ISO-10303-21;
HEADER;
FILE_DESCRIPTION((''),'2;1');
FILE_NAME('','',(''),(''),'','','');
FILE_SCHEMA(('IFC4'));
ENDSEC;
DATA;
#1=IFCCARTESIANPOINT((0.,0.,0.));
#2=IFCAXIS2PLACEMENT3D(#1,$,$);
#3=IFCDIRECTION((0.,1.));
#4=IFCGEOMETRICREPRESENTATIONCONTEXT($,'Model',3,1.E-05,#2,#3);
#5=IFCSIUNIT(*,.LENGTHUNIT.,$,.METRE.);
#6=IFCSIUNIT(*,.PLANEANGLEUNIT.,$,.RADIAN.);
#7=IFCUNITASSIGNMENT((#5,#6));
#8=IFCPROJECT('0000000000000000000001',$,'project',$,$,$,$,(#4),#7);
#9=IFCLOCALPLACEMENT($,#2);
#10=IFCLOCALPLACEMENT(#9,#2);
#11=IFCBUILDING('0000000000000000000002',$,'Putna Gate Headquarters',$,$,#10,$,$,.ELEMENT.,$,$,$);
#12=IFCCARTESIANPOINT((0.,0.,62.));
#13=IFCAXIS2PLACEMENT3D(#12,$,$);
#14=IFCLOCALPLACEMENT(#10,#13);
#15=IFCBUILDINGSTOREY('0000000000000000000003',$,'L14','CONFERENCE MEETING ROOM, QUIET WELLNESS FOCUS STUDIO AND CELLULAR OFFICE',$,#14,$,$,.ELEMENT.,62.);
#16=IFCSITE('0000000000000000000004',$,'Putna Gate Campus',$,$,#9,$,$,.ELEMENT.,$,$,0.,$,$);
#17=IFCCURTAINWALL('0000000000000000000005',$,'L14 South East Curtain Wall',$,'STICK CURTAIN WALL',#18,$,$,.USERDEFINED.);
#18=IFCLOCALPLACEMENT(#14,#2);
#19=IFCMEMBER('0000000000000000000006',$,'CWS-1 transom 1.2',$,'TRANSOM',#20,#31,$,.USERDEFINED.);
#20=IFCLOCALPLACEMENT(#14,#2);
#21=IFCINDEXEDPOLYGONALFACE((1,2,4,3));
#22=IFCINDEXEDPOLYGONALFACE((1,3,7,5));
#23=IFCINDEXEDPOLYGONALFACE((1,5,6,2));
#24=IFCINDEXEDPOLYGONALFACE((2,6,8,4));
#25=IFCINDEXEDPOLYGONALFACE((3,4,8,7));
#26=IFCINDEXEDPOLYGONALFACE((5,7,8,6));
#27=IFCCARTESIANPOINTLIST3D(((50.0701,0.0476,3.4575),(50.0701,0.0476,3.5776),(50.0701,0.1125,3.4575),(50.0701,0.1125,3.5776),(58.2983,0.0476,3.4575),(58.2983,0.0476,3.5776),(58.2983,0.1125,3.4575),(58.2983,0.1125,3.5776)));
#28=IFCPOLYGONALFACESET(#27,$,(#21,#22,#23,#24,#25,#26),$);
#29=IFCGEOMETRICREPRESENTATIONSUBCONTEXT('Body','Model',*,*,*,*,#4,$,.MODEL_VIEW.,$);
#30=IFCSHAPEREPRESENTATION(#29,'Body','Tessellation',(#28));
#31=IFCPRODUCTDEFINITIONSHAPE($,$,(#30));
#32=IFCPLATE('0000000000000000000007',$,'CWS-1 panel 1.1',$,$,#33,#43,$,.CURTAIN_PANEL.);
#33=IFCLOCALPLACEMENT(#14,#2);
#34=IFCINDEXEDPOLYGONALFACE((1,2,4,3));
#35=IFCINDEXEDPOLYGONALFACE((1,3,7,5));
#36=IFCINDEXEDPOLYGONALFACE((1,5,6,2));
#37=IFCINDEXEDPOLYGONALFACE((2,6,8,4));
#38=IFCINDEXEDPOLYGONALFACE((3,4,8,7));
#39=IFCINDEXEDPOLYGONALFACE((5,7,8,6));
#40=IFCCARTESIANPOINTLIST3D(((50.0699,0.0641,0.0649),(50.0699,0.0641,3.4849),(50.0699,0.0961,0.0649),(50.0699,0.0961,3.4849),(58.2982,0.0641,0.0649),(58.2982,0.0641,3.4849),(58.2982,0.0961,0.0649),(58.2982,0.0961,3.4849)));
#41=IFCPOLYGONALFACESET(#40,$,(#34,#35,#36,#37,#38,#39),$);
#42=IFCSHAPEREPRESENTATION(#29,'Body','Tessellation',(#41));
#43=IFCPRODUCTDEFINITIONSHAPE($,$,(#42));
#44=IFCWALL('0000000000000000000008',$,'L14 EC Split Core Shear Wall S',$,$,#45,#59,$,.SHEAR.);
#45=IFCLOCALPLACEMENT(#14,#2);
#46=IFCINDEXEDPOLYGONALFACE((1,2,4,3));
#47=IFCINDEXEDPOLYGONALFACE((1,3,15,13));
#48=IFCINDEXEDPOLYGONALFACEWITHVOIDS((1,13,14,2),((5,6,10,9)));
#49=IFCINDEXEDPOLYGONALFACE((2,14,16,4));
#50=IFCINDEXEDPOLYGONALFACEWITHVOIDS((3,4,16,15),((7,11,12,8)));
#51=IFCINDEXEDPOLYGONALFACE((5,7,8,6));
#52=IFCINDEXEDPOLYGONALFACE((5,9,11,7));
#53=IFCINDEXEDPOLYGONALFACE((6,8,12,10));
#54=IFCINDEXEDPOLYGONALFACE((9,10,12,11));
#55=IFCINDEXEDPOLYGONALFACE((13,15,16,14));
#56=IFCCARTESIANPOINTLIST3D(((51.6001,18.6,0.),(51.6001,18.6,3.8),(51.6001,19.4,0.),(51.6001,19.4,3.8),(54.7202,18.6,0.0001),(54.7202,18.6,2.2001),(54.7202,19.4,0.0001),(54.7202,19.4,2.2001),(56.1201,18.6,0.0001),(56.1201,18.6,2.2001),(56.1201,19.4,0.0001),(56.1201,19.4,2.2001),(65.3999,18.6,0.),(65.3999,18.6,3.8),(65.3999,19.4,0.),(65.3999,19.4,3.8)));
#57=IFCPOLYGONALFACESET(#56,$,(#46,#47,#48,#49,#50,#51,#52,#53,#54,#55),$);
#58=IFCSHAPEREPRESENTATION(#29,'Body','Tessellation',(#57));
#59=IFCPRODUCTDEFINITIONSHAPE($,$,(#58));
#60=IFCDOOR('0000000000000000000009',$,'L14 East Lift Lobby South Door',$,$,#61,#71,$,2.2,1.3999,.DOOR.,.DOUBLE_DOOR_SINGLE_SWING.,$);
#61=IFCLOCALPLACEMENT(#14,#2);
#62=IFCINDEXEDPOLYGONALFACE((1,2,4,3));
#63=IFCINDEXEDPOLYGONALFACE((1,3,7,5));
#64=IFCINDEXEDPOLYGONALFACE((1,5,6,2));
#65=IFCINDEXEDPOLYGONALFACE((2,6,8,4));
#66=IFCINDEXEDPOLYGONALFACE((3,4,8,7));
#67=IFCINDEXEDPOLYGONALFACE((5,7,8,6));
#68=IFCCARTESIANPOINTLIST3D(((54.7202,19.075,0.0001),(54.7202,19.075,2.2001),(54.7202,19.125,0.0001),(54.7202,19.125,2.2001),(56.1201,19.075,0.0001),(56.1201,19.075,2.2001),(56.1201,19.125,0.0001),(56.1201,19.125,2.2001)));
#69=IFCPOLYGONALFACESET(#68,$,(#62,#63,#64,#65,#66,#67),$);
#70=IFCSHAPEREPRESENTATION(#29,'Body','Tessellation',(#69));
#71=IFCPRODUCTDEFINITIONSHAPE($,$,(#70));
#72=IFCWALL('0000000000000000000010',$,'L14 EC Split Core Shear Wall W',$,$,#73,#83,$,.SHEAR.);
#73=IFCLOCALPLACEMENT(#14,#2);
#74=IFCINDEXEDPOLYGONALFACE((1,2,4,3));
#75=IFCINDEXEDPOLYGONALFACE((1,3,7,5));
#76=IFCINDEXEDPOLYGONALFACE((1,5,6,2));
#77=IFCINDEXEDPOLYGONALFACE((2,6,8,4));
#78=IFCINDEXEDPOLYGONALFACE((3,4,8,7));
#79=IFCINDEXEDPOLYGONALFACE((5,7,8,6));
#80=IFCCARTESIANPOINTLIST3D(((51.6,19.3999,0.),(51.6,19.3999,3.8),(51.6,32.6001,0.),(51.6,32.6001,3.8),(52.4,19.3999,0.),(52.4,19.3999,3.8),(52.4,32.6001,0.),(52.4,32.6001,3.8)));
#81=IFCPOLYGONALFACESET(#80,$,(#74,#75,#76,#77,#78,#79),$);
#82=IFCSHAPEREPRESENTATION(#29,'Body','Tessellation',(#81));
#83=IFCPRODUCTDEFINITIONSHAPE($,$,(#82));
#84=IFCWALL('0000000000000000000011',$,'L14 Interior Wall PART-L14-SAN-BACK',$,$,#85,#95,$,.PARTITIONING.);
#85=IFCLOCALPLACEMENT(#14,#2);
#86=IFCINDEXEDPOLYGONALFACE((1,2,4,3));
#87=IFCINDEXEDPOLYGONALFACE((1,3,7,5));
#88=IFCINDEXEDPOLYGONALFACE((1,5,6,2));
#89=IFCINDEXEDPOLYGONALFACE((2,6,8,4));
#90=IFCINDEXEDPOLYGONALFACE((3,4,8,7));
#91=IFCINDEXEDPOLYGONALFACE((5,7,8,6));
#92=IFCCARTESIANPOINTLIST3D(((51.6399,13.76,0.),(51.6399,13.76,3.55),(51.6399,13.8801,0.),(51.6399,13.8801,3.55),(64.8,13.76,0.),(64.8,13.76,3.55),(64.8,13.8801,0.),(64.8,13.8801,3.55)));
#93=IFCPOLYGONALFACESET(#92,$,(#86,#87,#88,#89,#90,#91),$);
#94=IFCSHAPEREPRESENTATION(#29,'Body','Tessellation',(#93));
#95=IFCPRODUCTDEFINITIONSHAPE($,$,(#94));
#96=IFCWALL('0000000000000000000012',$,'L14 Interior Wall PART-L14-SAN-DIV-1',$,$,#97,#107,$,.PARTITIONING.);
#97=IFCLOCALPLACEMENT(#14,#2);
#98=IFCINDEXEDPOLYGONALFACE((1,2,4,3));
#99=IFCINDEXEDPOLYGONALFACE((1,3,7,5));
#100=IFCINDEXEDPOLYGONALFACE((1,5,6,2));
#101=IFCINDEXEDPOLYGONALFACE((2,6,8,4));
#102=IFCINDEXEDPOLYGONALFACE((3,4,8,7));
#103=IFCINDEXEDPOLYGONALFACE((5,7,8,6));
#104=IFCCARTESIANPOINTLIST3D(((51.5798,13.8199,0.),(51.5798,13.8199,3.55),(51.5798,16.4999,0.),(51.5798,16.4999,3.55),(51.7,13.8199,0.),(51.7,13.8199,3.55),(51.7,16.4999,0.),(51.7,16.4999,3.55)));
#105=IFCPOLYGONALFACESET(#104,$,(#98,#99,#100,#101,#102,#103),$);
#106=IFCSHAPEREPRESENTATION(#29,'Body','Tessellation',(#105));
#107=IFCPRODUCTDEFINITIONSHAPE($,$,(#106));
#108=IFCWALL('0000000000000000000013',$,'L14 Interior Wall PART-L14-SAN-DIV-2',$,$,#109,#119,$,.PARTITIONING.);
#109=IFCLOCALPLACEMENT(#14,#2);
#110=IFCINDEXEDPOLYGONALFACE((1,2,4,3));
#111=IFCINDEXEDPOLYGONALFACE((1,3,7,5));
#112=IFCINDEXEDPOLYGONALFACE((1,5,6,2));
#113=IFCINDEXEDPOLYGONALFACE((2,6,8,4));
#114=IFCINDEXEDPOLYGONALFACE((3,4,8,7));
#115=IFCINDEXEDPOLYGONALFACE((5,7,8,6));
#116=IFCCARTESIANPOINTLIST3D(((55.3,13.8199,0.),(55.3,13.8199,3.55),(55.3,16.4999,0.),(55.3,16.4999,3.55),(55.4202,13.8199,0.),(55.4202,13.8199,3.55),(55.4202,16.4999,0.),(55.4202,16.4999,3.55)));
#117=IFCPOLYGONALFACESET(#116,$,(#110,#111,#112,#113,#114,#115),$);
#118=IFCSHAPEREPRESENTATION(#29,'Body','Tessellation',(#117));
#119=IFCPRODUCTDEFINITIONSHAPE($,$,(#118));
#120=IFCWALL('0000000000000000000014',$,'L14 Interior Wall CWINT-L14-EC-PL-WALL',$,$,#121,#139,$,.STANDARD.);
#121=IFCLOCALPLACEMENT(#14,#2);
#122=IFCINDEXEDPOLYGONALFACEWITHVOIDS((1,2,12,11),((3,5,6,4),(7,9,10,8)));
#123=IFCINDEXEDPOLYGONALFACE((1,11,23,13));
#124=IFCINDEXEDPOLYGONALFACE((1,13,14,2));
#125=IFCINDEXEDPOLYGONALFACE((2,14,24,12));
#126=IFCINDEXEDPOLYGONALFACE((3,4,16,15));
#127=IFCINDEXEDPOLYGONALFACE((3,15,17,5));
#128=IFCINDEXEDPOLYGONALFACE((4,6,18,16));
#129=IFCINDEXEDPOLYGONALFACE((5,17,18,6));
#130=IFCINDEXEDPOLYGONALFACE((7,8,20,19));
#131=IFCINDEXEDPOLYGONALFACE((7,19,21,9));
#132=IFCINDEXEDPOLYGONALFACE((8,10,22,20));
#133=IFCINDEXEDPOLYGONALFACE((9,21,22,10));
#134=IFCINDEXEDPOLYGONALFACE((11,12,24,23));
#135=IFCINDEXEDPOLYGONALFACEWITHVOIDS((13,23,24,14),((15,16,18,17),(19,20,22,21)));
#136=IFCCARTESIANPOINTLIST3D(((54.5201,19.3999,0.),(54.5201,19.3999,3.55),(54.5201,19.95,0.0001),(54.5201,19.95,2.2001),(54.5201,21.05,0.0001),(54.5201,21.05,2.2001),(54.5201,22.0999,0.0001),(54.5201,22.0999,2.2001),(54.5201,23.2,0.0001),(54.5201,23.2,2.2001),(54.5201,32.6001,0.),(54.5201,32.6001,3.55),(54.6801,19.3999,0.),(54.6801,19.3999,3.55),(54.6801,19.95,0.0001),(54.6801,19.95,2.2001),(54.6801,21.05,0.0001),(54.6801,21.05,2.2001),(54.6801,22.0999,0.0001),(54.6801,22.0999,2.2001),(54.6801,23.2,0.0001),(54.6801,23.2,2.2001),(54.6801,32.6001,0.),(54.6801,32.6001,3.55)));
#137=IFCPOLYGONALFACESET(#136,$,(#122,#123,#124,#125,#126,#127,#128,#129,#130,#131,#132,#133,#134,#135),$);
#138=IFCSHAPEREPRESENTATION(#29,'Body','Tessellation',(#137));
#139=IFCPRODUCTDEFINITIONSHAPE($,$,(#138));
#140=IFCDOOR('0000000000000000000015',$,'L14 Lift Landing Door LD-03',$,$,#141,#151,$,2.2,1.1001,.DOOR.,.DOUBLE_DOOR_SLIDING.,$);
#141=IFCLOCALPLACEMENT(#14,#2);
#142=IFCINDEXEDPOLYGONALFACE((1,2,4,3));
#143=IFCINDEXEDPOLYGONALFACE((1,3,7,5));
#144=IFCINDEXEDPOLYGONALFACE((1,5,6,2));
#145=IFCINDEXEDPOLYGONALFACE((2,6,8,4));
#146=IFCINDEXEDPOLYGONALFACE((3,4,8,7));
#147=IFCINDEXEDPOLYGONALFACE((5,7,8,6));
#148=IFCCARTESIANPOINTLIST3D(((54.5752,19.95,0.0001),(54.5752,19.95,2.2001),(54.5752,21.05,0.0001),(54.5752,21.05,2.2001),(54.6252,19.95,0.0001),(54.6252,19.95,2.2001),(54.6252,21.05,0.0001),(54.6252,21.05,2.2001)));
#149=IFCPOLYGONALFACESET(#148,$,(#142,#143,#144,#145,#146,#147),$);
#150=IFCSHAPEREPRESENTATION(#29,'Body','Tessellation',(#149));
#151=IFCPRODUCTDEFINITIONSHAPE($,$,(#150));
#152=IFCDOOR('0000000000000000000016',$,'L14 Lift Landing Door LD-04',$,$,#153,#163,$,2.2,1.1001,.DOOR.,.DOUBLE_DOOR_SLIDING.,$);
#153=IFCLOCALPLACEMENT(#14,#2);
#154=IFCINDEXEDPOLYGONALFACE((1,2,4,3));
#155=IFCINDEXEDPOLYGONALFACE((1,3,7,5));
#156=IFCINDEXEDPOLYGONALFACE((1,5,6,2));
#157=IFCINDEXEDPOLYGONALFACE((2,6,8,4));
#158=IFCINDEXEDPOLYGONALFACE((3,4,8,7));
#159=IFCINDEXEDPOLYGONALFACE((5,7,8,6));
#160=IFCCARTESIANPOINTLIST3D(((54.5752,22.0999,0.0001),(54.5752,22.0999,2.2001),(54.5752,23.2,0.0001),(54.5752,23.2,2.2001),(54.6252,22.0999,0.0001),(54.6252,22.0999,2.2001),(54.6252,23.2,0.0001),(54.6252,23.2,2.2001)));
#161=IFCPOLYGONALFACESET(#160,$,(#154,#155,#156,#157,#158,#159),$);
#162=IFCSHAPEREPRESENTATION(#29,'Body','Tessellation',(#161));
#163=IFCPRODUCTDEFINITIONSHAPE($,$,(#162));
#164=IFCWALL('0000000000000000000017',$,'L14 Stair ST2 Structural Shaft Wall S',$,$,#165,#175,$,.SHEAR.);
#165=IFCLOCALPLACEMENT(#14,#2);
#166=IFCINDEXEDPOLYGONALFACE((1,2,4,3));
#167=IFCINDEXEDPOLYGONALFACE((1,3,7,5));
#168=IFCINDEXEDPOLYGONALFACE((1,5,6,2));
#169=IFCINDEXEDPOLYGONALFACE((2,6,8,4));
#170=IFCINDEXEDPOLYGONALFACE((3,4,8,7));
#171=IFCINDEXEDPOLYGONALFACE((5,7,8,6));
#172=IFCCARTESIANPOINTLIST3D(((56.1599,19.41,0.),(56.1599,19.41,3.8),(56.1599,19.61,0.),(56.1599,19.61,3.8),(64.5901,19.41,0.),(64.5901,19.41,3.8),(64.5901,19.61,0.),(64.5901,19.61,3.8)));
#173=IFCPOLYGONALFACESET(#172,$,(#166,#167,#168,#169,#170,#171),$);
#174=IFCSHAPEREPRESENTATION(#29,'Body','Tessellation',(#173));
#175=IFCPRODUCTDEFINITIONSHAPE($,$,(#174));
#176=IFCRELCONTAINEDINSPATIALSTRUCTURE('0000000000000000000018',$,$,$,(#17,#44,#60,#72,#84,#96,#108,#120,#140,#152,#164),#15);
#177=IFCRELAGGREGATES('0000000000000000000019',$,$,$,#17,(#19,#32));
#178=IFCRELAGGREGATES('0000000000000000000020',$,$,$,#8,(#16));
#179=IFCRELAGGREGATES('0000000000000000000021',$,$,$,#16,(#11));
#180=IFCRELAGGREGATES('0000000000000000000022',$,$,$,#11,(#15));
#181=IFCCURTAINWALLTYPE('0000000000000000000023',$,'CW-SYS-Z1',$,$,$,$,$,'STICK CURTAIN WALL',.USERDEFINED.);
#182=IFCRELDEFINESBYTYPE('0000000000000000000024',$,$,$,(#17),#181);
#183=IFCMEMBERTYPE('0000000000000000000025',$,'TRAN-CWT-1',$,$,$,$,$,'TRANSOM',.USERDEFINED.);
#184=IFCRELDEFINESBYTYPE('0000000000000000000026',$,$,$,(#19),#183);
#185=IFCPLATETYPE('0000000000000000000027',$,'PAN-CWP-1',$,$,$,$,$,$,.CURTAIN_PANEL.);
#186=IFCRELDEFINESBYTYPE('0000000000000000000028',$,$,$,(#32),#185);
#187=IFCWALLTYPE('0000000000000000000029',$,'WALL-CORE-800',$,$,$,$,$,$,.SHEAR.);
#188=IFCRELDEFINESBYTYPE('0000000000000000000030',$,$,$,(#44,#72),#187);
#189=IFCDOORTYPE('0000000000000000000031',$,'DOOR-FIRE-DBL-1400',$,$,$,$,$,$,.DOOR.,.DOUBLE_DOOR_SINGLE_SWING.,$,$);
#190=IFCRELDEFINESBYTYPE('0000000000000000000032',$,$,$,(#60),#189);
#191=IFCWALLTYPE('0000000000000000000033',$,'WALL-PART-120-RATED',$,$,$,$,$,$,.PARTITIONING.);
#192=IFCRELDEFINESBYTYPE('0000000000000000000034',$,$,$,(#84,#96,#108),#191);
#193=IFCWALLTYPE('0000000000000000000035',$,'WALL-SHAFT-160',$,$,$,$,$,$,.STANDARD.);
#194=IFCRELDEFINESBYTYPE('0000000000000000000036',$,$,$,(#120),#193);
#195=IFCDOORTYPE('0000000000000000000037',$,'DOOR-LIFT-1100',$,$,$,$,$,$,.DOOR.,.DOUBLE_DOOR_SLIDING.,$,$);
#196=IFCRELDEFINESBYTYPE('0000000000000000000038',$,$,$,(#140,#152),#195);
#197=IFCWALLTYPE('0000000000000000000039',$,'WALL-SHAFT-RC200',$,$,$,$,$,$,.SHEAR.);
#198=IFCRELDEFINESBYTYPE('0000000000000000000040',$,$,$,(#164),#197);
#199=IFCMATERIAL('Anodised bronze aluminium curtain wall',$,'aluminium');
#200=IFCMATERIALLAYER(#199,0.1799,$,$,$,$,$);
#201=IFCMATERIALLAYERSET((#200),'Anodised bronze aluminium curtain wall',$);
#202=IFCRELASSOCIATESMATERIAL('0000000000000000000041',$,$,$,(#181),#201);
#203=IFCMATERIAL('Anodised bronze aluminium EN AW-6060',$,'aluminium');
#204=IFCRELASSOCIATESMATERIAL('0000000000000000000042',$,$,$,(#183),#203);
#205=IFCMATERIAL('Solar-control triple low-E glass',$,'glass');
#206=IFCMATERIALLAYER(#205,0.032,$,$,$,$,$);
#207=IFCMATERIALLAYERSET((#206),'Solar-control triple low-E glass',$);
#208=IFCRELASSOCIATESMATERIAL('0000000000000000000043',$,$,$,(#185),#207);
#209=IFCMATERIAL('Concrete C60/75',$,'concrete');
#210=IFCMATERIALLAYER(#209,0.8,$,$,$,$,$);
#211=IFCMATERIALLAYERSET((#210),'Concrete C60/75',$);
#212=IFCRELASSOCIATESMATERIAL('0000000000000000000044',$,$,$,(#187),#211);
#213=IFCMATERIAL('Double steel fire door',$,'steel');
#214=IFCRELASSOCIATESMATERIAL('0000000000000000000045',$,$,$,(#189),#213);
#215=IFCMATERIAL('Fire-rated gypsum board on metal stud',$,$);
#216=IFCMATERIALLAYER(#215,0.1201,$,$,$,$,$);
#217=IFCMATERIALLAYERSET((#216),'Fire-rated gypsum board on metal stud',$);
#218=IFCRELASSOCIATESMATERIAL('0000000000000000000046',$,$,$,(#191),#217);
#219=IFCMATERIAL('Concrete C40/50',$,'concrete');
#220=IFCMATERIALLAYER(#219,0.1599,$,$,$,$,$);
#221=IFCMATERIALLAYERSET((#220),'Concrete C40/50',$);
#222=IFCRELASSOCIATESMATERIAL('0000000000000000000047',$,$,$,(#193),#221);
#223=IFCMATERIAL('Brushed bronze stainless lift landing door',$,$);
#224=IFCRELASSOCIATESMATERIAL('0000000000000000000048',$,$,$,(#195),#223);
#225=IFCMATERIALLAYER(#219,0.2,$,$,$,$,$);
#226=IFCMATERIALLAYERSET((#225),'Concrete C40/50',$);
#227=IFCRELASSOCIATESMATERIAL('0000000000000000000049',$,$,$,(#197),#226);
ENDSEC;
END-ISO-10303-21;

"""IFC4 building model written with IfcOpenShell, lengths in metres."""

from ifc_helpers import new_model, si_unit, direction, frame, frame_2d, origin, origin_2d, place, context, subcontext, project, spatial, rectangle, extrude, material, layer, layer_set, material_profile, profile_set, type_object, element, fill, aggregate, save


model = new_model("IFC4")

# Units and contexts
model_context = context("Model", 3, precision=1e-05, world=origin(), true_north=direction((0.0, 1.0)))
body_context = subcontext(model_context, "Body", "Model", "MODEL_VIEW")
ifc_project = project(units=[si_unit("LENGTHUNIT", "METRE"), si_unit("PLANEANGLEUNIT", "RADIAN")], contexts=[model_context])

# Site, building, storey
site_placement = place(None, origin())
site = spatial("IfcSite", under=ifc_project, at=site_placement, Name="Putna Gate Campus", CompositionType="ELEMENT", RefElevation=0.0)
building_placement = place(site_placement, origin())
building = spatial("IfcBuilding", under=site, at=building_placement, Name="Putna Gate Headquarters", CompositionType="ELEMENT")
storey_placement = place(building_placement, frame((0.0, 0.0, 62.0)))
storey = spatial("IfcBuildingStorey", under=building, at=storey_placement, Name="L14", Description="CONFERENCE MEETING ROOM, QUIET WELLNESS FOCUS STUDIO AND CELLULAR OFFICE", CompositionType="ELEMENT", Elevation=62.0)

# Shared definitions
ifc_material_1 = material(Name="Concrete C60/75", Category="concrete")

# Curtain wall
ifc_material_2 = material(Name="Anodised bronze aluminium curtain wall", Category="aluminium")
ifc_layer_1 = layer(ifc_material_2, 0.1799)
ifc_layer_set_1 = layer_set([ifc_layer_1], Name="Anodised bronze aluminium curtain wall")
curtain_wall_type_1 = type_object("IfcCurtainWallType", Name="CW-SYS-Z1", ElementType="STICK CURTAIN WALL", PredefinedType="USERDEFINED", material=ifc_layer_set_1)
curtain_wall_1_placement = place(storey_placement, origin())
curtain_wall_1 = element("IfcCurtainWall", 1, at=curtain_wall_1_placement, inside=storey, type_object=curtain_wall_type_1, Name="L14 South East Curtain Wall", ObjectType="STICK CURTAIN WALL", PredefinedType="USERDEFINED")
ifc_material_3 = material(Name="Anodised bronze aluminium EN AW-6060", Category="aluminium")

# Member
ifc_material_profile_1 = material_profile(ifc_material_3, rectangle(XDim=0.0649, YDim=0.1201, at=origin_2d()), Name="Anodised bronze aluminium EN AW-6060")
ifc_profile_set_1 = profile_set([ifc_material_profile_1], Name="Anodised bronze aluminium EN AW-6060")
member_type_1 = type_object("IfcMemberType", Name="TRAN-CWT-1", ElementType="TRANSOM", PredefinedType="USERDEFINED", material=ifc_profile_set_1)
member_1_placement = place(storey_placement, frame((50.0701, 0.0801, 3.5176), z_axis=(1.0, 0.0, 0.0), x_axis=(0.0, 1.0, 0.0)))
member_1 = element("IfcMember", 2, at=member_1_placement, type_object=member_type_1, Name="CWS-1 transom 1.2", ObjectType="TRANSOM", PredefinedType="USERDEFINED", context=body_context, shape_type="SweptSolid", body=[
    extrude(rectangle(XDim=0.0649, YDim=0.1201, at=origin_2d()), origin(), (0.0, 0.0, 1.0), 8.2283),
])

# Plate
ifc_material_4 = material(Name="Solar-control triple low-E glass", Category="glass")
ifc_layer_2 = layer(ifc_material_4, 0.032)
ifc_layer_set_2 = layer_set([ifc_layer_2], Name="Solar-control triple low-E glass")
plate_type = type_object("IfcPlateType", Name="PAN-CWP-1", PredefinedType="CURTAIN_PANEL", material=ifc_layer_set_2)
plate_placement = place(storey_placement, frame((54.1841, 0.0801, 0.0649), z_axis=(0.0, 0.0, 1.0), x_axis=(1.0, 0.0, 0.0)))
plate = element("IfcPlate", 3, at=plate_placement, type_object=plate_type, Name="CWS-1 panel 1.1", PredefinedType="CURTAIN_PANEL", context=body_context, shape_type="SweptSolid", body=[
    extrude(rectangle(XDim=8.2283, YDim=0.032, at=origin_2d()), origin(), (0.0, 0.0, 1.0), 3.4199),
])
aggregate(curtain_wall_1, [member_1, plate])

# Wall, opening, door
ifc_layer_3 = layer(ifc_material_1, 0.8)
ifc_layer_set_3 = layer_set([ifc_layer_3], Name="Concrete C60/75")
wall_type_1 = type_object("IfcWallType", Name="WALL-CORE-800", PredefinedType="SHEAR", material=ifc_layer_set_3)
wall_1_placement = place(storey_placement, frame((51.6001, 19.0, 0.0), z_axis=(0.0, 0.0, 1.0), x_axis=(1.0, 0.0, 0.0)))
wall_1 = element("IfcWall", 4, at=wall_1_placement, inside=storey, type_object=wall_type_1, Name="L14 EC Split Core Shear Wall S", PredefinedType="SHEAR", context=body_context, shape_type="SweptSolid", body=[
    extrude(rectangle(XDim=13.7998, YDim=0.8, at=frame_2d((6.8999, 0.0))), origin(), (0.0, 0.0, 1.0), 3.8),
])
opening_1_placement = place(wall_1_placement, frame((3.1201, 0.0, 0.0)))
opening_1 = element("IfcOpeningElement", 5, at=opening_1_placement, cuts=wall_1, PredefinedType="OPENING", context=body_context, shape_type="SweptSolid", body=[
    extrude(rectangle(XDim=1.3999, YDim=2.2, at=frame_2d((0.7, 1.1001))), frame((0.0, 0.4099, 0.0), z_axis=(0.0, -1.0, 0.0), x_axis=(1.0, 0.0, 0.0)), (0.0, 0.0, 1.0), 0.8201),
])
ifc_material_5 = material(Name="Double steel fire door", Category="steel")
door_type_1 = type_object("IfcDoorType", Name="DOOR-FIRE-DBL-1400", OperationType="DOUBLE_DOOR_SINGLE_SWING", PredefinedType="DOOR", material=ifc_material_5)
door_1_placement = place(opening_1_placement, origin())
door_1 = element("IfcDoor", 6, at=door_1_placement, inside=storey, type_object=door_type_1, Name="L14 East Lift Lobby South Door", OperationType="DOUBLE_DOOR_SINGLE_SWING", OverallHeight=2.2, OverallWidth=1.3999, PredefinedType="DOOR", context=body_context, shape_type="SweptSolid", body=[
    extrude(rectangle(XDim=1.3999, YDim=2.2, at=frame_2d((0.7, 1.1001))), frame((0.0, 0.125, 0.0), z_axis=(0.0, -1.0, 0.0), x_axis=(1.0, 0.0, 0.0)), (0.0, 0.0, 1.0), 0.05),
])
fill(opening_1, door_1)

# Wall
wall_2_placement = place(storey_placement, frame((52.0, 19.3999, 0.0), z_axis=(0.0, 0.0, 1.0), x_axis=(0.0, 1.0, 0.0)))
element("IfcWall", 7, at=wall_2_placement, inside=storey, type_object=wall_type_1, Name="L14 EC Split Core Shear Wall W", PredefinedType="SHEAR", context=body_context, shape_type="SweptSolid", body=[
    extrude(rectangle(XDim=13.2002, YDim=0.8, at=frame_2d((6.6001, 0.0))), origin(), (0.0, 0.0, 1.0), 3.8),
])

# Shared definitions
ifc_material_6 = material(Name="Fire-rated gypsum board on metal stud")
ifc_layer_4 = layer(ifc_material_6, 0.1201)
ifc_layer_set_4 = layer_set([ifc_layer_4], Name="Fire-rated gypsum board on metal stud")
wall_type_2 = type_object("IfcWallType", Name="WALL-PART-120-RATED", PredefinedType="PARTITIONING", material=ifc_layer_set_4)

# Walls
wall_3_placement = place(storey_placement, frame((51.6399, 13.8201, 0.0), z_axis=(0.0, 0.0, 1.0), x_axis=(1.0, 0.0, 0.0)))
element("IfcWall", 8, at=wall_3_placement, inside=storey, type_object=wall_type_2, Name="L14 Interior Wall PART-L14-SAN-BACK", PredefinedType="PARTITIONING", context=body_context, shape_type="SweptSolid", body=[
    extrude(rectangle(XDim=13.1602, YDim=0.1201, at=frame_2d((6.5801, 0.0))), origin(), (0.0, 0.0, 1.0), 3.55),
])
for number, where, z_axis, x_axis, name in (
    (9, (51.6399, 13.8201, 0.0), (0.0, 0.0, 1.0), (0.0, 1.0, 0.0), "L14 Interior Wall PART-L14-SAN-DIV-1"),
    (10, (55.3601, 13.8201, 0.0), (0.0, 0.0, 1.0), (0.0, 1.0, 0.0), "L14 Interior Wall PART-L14-SAN-DIV-2"),
):
    element("IfcWall", number, at=place(storey_placement, frame(where, z_axis=z_axis, x_axis=x_axis)), inside=storey, type_object=wall_type_2, Name=name, PredefinedType="PARTITIONING", context=body_context, shape_type="SweptSolid", body=[
        extrude(rectangle(XDim=2.6799, YDim=0.1201, at=frame_2d((1.3398, 0.0))), origin(), (0.0, 0.0, 1.0), 3.55),
    ])

# Wall, openings, doors
ifc_material_7 = material(Name="Concrete C40/50", Category="concrete")
ifc_layer_5 = layer(ifc_material_7, 0.1599)
ifc_layer_set_5 = layer_set([ifc_layer_5], Name="Concrete C40/50")
wall_type_3 = type_object("IfcWallType", Name="WALL-SHAFT-160", PredefinedType="STANDARD", material=ifc_layer_set_5)
wall_4_placement = place(storey_placement, frame((54.6001, 19.3999, 0.0), z_axis=(0.0, 0.0, 1.0), x_axis=(0.0, 1.0, 0.0)))
wall_4 = element("IfcWall", 11, at=wall_4_placement, inside=storey, type_object=wall_type_3, Name="L14 Interior Wall CWINT-L14-EC-PL-WALL", PredefinedType="STANDARD", context=body_context, shape_type="SweptSolid", body=[
    extrude(rectangle(XDim=13.2002, YDim=0.1599, at=frame_2d((6.6001, 0.0))), origin(), (0.0, 0.0, 1.0), 3.55),
])
opening_2_placement = place(wall_4_placement, frame((0.55, 0.0, 0.0)))
opening_2 = element("IfcOpeningElement", 12, at=opening_2_placement, cuts=wall_4, PredefinedType="OPENING", context=body_context, shape_type="SweptSolid", body=[
    extrude(rectangle(XDim=1.1001, YDim=2.2, at=frame_2d((0.55, 1.1001))), frame((0.0, 0.0898, 0.0), z_axis=(0.0, -1.0, 0.0), x_axis=(1.0, 0.0, 0.0)), (0.0, 0.0, 1.0), 0.1799),
])
opening_3_placement = place(wall_4_placement, frame((2.7, 0.0, 0.0)))
opening_3 = element("IfcOpeningElement", 13, at=opening_3_placement, cuts=wall_4, PredefinedType="OPENING", context=body_context, shape_type="SweptSolid", body=[
    extrude(rectangle(XDim=1.1001, YDim=2.2, at=frame_2d((0.55, 1.1001))), frame((0.0, 0.0898, 0.0), z_axis=(0.0, -1.0, 0.0), x_axis=(1.0, 0.0, 0.0)), (0.0, 0.0, 1.0), 0.1799),
])
ifc_material_8 = material(Name="Brushed bronze stainless lift landing door")
door_type_2 = type_object("IfcDoorType", Name="DOOR-LIFT-1100", OperationType="DOUBLE_DOOR_SLIDING", PredefinedType="DOOR", material=ifc_material_8)
door_2_placement = place(opening_2_placement, origin())
door_2 = element("IfcDoor", 14, at=door_2_placement, inside=storey, type_object=door_type_2, Name="L14 Lift Landing Door LD-03", OperationType="DOUBLE_DOOR_SLIDING", OverallHeight=2.2, OverallWidth=1.1001, PredefinedType="DOOR", context=body_context, shape_type="SweptSolid", body=[
    extrude(rectangle(XDim=1.1001, YDim=2.2, at=frame_2d((0.55, 1.1001))), frame((0.0, 0.0249, 0.0), z_axis=(0.0, -1.0, 0.0), x_axis=(1.0, 0.0, 0.0)), (0.0, 0.0, 1.0), 0.05),
])
fill(opening_2, door_2)
door_3_placement = place(opening_3_placement, origin())
door_3 = element("IfcDoor", 15, at=door_3_placement, inside=storey, type_object=door_type_2, Name="L14 Lift Landing Door LD-04", OperationType="DOUBLE_DOOR_SLIDING", OverallHeight=2.2, OverallWidth=1.1001, PredefinedType="DOOR", context=body_context, shape_type="SweptSolid", body=[
    extrude(rectangle(XDim=1.1001, YDim=2.2, at=frame_2d((0.55, 1.1001))), frame((0.0, 0.0249, 0.0), z_axis=(0.0, -1.0, 0.0), x_axis=(1.0, 0.0, 0.0)), (0.0, 0.0, 1.0), 0.05),
])
fill(opening_3, door_3)

# Wall
ifc_layer_6 = layer(ifc_material_7, 0.2)
ifc_layer_set_6 = layer_set([ifc_layer_6], Name="Concrete C40/50")
wall_type_4 = type_object("IfcWallType", Name="WALL-SHAFT-RC200", PredefinedType="SHEAR", material=ifc_layer_set_6)
wall_5_placement = place(storey_placement, frame((56.1599, 19.51, 0.0), z_axis=(0.0, 0.0, 1.0), x_axis=(1.0, 0.0, 0.0)))
element("IfcWall", 16, at=wall_5_placement, inside=storey, type_object=wall_type_4, Name="L14 Stair ST2 Structural Shaft Wall S", PredefinedType="SHEAR", context=body_context, shape_type="SweptSolid", body=[
    extrude(rectangle(XDim=8.4302, YDim=0.2, at=frame_2d((4.2151, 0.0))), origin(), (0.0, 0.0, 1.0), 3.8),
])

save(model, "model.ifc")
